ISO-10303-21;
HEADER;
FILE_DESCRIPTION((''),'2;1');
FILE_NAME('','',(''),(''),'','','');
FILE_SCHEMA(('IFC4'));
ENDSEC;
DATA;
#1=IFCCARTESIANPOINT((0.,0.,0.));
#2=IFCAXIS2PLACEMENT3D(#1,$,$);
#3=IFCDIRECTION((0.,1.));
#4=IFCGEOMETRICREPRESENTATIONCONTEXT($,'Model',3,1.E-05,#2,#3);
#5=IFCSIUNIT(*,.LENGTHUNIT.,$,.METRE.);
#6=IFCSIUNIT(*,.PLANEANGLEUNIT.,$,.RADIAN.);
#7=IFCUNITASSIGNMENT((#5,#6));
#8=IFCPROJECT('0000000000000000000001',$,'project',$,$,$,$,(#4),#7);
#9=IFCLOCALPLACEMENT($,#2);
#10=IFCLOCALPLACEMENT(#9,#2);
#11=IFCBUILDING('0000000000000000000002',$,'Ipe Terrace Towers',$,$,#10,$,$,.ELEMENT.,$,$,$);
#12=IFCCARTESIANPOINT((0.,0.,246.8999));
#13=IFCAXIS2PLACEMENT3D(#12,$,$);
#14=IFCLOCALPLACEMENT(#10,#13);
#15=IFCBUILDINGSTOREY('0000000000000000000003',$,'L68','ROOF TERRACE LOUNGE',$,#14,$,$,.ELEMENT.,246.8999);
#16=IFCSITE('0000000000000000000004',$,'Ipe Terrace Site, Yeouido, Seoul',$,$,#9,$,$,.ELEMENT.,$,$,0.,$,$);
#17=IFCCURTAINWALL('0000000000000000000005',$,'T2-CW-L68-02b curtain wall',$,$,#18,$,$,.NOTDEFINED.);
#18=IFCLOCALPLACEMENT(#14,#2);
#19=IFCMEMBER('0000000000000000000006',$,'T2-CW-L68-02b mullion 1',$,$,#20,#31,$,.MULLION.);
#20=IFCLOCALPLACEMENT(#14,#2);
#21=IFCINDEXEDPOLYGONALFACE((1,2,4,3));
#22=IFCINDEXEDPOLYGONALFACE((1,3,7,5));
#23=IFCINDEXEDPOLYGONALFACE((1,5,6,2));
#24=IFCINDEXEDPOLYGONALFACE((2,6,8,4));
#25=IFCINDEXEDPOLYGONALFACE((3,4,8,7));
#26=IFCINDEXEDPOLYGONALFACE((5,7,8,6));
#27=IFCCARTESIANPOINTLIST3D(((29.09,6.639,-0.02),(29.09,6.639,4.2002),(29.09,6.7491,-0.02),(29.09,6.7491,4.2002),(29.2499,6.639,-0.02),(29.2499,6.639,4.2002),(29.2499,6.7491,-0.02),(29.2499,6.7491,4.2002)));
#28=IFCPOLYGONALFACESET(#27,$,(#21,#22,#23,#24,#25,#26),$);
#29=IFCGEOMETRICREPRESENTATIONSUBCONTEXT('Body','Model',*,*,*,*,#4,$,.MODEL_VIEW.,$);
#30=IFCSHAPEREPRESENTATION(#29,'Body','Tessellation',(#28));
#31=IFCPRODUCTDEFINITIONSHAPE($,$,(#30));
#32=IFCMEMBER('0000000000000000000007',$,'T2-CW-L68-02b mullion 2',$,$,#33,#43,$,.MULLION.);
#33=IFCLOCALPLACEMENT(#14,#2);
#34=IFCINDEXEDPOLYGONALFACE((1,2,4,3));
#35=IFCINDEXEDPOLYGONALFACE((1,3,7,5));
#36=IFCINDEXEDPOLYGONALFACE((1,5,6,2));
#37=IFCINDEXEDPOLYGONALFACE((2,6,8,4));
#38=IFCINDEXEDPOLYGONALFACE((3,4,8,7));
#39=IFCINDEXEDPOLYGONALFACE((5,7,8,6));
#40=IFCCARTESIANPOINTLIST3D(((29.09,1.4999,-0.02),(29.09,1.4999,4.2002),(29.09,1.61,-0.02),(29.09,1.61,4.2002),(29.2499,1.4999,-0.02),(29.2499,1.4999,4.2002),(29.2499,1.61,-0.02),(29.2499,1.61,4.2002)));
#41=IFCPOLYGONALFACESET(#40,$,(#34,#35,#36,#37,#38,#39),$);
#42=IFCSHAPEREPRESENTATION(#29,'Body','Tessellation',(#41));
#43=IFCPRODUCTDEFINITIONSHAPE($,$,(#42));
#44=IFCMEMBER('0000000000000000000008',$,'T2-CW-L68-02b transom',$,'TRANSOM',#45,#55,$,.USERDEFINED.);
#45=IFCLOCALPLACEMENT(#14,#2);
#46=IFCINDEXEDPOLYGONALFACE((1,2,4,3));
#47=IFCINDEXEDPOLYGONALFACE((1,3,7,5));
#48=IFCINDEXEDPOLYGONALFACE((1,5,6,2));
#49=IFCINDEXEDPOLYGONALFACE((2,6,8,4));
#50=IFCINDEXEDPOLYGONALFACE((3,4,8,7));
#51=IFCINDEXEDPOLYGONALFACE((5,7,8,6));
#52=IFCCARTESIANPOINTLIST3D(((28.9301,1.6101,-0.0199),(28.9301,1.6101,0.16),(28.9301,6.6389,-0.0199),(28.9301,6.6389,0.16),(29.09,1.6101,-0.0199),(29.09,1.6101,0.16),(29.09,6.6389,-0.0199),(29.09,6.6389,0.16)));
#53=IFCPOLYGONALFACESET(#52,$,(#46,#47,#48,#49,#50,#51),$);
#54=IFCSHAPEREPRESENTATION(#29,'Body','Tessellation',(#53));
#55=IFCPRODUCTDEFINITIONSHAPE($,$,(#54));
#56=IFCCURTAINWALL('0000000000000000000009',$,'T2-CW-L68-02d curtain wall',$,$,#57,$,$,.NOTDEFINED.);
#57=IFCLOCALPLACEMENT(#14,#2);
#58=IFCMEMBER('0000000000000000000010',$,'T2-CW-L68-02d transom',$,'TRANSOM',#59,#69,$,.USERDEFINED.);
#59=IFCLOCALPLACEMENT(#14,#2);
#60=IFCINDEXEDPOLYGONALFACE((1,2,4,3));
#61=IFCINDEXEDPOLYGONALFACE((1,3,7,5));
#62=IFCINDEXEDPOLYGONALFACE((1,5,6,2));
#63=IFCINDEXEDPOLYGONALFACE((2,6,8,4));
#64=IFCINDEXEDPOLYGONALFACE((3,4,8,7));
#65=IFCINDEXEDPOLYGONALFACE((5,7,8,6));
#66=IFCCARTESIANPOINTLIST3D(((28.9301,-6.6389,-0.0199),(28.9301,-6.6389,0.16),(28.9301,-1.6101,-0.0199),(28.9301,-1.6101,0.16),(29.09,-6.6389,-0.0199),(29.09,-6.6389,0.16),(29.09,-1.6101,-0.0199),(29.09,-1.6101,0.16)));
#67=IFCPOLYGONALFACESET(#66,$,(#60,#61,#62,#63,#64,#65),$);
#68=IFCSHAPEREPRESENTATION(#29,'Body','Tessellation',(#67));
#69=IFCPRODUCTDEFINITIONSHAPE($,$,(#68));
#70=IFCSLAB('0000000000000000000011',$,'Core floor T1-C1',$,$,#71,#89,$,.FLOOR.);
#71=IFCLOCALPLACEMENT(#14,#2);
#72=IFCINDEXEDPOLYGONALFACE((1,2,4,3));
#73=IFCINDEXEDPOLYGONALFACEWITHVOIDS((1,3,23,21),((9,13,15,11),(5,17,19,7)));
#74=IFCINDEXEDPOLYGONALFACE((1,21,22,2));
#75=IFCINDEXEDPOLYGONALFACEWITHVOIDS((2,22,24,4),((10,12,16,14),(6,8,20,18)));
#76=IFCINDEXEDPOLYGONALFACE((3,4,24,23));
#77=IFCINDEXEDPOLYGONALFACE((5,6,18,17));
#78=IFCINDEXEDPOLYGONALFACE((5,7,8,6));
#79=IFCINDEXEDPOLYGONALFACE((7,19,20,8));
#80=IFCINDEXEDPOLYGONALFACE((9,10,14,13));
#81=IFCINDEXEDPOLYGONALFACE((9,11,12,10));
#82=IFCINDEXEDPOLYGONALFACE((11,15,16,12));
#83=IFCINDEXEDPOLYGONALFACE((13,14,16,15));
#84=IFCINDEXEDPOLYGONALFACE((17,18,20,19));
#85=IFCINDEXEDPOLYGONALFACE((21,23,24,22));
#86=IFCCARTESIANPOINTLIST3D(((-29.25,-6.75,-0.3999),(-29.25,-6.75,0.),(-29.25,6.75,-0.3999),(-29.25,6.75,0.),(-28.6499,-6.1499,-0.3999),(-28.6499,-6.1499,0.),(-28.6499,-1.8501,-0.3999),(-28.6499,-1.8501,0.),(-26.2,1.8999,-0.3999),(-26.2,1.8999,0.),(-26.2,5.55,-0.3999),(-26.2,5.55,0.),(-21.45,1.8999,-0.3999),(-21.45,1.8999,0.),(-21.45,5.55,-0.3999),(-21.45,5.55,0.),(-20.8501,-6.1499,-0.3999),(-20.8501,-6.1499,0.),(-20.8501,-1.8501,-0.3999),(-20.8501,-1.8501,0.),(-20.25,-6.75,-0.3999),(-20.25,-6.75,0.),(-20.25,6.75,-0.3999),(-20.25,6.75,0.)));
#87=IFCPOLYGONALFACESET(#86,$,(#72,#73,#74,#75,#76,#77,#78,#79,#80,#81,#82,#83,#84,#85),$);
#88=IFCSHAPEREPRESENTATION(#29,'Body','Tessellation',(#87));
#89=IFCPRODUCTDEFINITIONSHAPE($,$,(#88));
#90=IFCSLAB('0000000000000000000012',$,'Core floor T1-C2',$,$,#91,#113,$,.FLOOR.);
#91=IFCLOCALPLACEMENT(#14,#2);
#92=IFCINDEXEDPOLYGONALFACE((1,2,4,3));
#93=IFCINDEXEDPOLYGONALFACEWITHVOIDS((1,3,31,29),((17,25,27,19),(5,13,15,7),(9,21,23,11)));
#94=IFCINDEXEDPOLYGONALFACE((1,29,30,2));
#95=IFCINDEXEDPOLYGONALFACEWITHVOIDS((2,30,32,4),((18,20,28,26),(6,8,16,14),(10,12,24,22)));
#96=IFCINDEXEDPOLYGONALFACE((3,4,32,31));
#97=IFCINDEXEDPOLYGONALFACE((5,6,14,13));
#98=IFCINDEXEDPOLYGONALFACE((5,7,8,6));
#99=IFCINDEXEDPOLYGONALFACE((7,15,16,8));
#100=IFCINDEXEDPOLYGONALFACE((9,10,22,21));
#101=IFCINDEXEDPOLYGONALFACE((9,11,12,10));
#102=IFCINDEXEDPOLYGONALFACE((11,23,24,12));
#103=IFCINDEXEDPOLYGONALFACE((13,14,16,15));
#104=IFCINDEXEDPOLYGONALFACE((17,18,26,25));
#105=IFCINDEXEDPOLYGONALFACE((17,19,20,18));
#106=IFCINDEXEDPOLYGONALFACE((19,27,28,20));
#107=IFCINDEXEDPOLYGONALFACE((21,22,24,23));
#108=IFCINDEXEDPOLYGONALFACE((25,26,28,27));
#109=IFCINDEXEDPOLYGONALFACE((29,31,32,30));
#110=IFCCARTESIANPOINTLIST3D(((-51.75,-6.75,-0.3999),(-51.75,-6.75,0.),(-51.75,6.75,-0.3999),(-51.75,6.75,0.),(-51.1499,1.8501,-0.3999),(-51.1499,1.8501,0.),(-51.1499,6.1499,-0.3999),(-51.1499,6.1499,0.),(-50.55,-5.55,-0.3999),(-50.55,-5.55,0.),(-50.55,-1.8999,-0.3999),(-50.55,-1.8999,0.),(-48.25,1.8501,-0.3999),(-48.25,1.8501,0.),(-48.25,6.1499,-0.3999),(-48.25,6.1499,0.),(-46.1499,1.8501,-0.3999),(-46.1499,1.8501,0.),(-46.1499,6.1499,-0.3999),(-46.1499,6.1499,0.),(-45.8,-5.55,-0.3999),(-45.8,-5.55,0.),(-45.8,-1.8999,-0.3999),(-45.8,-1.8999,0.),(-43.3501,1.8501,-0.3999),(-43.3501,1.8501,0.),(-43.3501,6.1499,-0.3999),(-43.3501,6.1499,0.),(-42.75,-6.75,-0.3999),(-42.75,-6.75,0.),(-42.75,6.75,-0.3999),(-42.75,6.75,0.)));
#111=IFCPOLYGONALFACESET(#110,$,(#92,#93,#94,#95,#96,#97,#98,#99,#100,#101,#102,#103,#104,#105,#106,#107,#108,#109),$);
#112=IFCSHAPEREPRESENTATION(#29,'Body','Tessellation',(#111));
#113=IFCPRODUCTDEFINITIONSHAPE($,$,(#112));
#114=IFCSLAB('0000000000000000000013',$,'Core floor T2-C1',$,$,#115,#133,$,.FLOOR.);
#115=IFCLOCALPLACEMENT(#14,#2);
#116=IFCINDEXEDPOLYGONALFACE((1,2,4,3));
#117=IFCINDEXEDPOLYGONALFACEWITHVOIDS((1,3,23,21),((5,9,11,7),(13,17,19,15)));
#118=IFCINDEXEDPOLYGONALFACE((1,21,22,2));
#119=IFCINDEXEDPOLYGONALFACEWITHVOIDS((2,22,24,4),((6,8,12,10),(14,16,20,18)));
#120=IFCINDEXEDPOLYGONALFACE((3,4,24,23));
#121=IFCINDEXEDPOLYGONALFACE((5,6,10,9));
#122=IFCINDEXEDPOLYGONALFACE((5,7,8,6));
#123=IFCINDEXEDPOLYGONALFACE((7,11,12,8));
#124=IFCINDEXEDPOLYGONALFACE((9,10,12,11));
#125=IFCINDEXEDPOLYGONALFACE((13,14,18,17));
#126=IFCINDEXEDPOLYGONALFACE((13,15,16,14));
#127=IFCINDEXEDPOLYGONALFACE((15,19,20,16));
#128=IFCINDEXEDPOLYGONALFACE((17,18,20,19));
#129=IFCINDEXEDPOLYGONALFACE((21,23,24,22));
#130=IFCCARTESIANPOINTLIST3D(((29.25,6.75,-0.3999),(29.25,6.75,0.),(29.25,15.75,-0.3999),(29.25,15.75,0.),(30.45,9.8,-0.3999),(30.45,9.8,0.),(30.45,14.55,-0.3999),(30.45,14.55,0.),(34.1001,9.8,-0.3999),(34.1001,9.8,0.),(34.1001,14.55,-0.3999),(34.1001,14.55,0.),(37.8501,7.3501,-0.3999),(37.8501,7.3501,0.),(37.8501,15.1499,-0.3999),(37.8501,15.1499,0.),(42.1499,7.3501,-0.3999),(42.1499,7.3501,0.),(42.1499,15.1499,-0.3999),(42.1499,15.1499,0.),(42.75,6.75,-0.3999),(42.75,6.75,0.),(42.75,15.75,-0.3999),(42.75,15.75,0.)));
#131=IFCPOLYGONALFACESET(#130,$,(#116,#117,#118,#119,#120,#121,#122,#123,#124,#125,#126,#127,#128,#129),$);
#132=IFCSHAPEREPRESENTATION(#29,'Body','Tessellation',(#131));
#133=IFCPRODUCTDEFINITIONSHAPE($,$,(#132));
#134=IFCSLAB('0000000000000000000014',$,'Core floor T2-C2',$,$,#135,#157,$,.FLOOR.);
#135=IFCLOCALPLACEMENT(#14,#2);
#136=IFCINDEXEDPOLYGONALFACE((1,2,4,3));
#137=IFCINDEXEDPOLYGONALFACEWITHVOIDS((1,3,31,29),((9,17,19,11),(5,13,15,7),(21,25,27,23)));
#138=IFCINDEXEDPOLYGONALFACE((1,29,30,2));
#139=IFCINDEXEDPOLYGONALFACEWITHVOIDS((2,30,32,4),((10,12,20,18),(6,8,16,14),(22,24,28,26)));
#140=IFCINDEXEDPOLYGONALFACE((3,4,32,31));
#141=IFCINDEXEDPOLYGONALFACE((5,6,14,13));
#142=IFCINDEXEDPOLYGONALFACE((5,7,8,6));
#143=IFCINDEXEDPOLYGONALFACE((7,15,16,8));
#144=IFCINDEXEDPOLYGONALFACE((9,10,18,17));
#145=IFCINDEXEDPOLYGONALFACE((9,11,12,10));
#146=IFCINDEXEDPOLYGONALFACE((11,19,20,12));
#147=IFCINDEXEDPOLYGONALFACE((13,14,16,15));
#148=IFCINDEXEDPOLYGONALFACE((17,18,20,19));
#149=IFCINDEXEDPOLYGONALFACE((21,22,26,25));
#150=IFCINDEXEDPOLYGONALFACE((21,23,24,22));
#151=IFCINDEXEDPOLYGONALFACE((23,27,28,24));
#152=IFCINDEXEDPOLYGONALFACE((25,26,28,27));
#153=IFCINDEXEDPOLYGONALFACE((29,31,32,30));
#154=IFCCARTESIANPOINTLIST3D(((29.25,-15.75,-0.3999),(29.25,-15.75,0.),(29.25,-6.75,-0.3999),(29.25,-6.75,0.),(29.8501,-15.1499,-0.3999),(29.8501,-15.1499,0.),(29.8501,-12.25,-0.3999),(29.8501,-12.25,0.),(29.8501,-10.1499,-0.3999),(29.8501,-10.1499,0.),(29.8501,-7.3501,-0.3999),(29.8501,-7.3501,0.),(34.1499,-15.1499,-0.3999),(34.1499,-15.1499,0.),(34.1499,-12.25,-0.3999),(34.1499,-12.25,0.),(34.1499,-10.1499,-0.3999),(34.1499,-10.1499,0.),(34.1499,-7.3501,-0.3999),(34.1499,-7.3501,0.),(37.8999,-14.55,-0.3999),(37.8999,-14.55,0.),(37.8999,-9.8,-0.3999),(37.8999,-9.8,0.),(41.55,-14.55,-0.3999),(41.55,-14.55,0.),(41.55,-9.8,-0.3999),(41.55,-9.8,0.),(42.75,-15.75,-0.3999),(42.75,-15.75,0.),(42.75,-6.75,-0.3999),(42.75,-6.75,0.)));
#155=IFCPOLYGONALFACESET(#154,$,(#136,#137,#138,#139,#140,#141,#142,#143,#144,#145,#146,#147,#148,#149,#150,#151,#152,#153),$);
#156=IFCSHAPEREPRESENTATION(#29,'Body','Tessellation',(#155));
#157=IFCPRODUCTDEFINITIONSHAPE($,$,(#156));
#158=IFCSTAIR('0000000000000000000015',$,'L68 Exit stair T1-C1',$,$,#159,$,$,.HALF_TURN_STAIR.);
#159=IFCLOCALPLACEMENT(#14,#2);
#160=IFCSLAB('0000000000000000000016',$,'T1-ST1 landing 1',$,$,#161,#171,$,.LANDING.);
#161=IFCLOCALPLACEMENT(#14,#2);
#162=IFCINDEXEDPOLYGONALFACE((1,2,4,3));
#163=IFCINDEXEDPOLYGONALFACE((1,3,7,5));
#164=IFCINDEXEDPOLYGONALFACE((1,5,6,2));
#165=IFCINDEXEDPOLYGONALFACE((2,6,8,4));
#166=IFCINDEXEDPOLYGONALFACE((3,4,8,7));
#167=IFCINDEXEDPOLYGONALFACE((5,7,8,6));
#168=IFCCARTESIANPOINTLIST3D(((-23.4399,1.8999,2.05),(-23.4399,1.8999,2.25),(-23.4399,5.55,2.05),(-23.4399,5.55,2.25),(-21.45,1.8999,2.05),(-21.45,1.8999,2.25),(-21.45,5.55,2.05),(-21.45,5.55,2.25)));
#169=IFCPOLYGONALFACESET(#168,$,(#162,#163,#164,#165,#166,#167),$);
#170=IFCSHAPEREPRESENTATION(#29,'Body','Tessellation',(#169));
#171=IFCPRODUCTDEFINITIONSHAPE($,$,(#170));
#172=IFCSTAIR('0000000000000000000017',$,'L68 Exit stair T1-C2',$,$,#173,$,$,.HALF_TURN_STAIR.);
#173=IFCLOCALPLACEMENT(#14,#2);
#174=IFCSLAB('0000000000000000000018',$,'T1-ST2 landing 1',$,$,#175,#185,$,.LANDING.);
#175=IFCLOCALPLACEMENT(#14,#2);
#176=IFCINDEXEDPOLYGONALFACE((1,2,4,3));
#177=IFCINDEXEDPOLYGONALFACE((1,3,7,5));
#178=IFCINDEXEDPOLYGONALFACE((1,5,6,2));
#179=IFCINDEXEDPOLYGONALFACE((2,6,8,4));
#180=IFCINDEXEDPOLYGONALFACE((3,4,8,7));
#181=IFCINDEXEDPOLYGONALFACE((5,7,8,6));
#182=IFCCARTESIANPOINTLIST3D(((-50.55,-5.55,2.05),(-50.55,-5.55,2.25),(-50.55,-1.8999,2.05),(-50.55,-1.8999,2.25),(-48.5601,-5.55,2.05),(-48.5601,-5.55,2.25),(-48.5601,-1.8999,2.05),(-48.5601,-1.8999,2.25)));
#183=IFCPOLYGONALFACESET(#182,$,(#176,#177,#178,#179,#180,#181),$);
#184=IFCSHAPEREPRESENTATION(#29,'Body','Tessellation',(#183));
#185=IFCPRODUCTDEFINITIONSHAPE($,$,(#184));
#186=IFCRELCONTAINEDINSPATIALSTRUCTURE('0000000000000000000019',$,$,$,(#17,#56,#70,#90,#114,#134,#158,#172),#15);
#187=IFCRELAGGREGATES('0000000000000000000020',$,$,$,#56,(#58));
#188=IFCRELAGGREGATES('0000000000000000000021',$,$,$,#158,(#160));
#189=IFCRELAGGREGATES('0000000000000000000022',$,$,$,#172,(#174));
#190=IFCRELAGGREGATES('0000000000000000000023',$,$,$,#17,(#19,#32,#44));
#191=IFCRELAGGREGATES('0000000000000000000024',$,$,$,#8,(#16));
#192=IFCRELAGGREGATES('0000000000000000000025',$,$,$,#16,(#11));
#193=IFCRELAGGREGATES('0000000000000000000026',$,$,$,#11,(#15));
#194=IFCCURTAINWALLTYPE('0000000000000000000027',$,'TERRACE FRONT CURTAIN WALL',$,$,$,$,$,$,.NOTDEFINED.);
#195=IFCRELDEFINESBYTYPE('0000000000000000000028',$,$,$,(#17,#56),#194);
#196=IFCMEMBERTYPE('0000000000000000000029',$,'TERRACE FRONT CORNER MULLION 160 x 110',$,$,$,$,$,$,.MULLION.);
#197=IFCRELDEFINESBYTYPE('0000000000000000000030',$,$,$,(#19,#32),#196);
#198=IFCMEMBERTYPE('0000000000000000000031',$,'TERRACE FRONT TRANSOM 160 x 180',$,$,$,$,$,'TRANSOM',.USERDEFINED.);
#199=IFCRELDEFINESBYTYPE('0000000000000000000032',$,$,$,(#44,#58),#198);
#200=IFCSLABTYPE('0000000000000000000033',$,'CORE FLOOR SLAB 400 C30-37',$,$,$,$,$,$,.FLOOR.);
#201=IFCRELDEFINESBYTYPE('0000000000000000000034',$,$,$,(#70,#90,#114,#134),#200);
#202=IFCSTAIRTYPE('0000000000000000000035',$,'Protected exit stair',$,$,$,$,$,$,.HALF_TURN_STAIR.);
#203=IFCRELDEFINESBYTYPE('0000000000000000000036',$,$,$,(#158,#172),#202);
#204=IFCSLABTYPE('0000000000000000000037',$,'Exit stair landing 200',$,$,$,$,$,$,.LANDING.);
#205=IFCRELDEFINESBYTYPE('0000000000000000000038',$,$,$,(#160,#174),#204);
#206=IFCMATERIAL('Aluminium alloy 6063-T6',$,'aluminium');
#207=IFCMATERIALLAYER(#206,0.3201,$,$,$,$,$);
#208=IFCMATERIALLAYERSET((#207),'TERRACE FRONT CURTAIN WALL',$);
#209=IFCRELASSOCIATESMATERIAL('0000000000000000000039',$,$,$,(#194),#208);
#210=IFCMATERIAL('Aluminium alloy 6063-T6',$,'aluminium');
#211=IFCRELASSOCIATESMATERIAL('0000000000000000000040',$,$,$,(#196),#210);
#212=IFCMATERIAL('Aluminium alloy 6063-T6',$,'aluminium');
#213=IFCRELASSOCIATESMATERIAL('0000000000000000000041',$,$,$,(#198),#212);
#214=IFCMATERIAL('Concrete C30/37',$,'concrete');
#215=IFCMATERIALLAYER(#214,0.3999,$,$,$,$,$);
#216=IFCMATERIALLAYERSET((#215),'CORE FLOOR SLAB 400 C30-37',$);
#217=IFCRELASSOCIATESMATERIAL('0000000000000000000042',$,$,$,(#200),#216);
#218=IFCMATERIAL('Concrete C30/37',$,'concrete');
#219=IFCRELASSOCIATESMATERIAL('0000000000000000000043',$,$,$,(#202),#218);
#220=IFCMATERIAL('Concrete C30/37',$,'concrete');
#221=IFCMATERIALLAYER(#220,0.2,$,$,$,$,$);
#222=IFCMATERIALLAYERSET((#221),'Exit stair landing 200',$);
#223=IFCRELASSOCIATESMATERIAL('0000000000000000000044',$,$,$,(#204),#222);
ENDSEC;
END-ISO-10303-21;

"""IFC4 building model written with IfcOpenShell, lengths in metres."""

from ifc_helpers import new_model, si_unit, direction, frame, origin, origin_2d, place, context, subcontext, project, spatial, polyline, rectangle, outline, extrude, material, layer, layer_set, material_profile, profile_set, type_object, element, aggregate, save


model = new_model("IFC4")

# Units and contexts
model_context = context("Model", 3, precision=1e-05, world=origin(), true_north=direction((0.0, 1.0)))
body_context = subcontext(model_context, "Body", "Model", "MODEL_VIEW")
ifc_project = project(units=[si_unit("LENGTHUNIT", "METRE"), si_unit("PLANEANGLEUNIT", "RADIAN")], contexts=[model_context])

# Site, building, storey
site_placement = place(None, origin())
site = spatial("IfcSite", under=ifc_project, at=site_placement, Name="Ipe Terrace Site, Yeouido, Seoul", CompositionType="ELEMENT", RefElevation=0.0)
building_placement = place(site_placement, origin())
building = spatial("IfcBuilding", under=site, at=building_placement, Name="Ipe Terrace Towers", CompositionType="ELEMENT")
storey_placement = place(building_placement, frame((0.0, 0.0, 246.8999)))
storey = spatial("IfcBuildingStorey", under=building, at=storey_placement, Name="L68", Description="ROOF TERRACE LOUNGE", CompositionType="ELEMENT", Elevation=246.8999)

# Curtain wall, members
ifc_material_1 = material(Name="Aluminium alloy 6063-T6", Category="aluminium")
ifc_layer_1 = layer(ifc_material_1, 0.3201)
ifc_layer_set_1 = layer_set([ifc_layer_1], Name="TERRACE FRONT CURTAIN WALL")
curtain_wall_type = type_object("IfcCurtainWallType", Name="TERRACE FRONT CURTAIN WALL", PredefinedType="NOTDEFINED", material=ifc_layer_set_1)
curtain_wall_1_placement = place(storey_placement, origin())
curtain_wall_1 = element("IfcCurtainWall", 1, at=curtain_wall_1_placement, inside=storey, type_object=curtain_wall_type, Name="T2-CW-L68-02b curtain wall", PredefinedType="NOTDEFINED")
ifc_material_2 = material(Name="Aluminium alloy 6063-T6", Category="aluminium")
ifc_material_profile_1 = material_profile(ifc_material_2, rectangle(XDim=0.1599, YDim=0.1101, at=origin_2d()), Name="TERRACE FRONT CORNER MULLION 160 x 110")
ifc_profile_set_1 = profile_set([ifc_material_profile_1], Name="Aluminium alloy 6063-T6")
member_type_1 = type_object("IfcMemberType", Name="TERRACE FRONT CORNER MULLION 160 x 110", PredefinedType="MULLION", material=ifc_profile_set_1)
member_1_placement = place(storey_placement, frame((29.1699, 6.6941, -0.02), z_axis=(0.0, 0.0, 1.0), x_axis=(-1.0, 0.0, 0.0)))
member_1 = element("IfcMember", 2, at=member_1_placement, type_object=member_type_1, Name="T2-CW-L68-02b mullion 1", PredefinedType="MULLION", context=body_context, shape_type="SweptSolid", body=[
    extrude(rectangle(XDim=0.1599, YDim=0.1101, at=origin_2d()), origin(), (0.0, 0.0, 1.0), 4.2202),
])
member_2_placement = place(storey_placement, frame((29.1699, 1.5549, -0.02), z_axis=(0.0, 0.0, 1.0), x_axis=(-1.0, 0.0, 0.0)))
member_2 = element("IfcMember", 3, at=member_2_placement, type_object=member_type_1, Name="T2-CW-L68-02b mullion 2", PredefinedType="MULLION", context=body_context, shape_type="SweptSolid", body=[
    extrude(rectangle(XDim=0.1599, YDim=0.1101, at=origin_2d()), origin(), (0.0, 0.0, 1.0), 4.2202),
])
ifc_material_3 = material(Name="Aluminium alloy 6063-T6", Category="aluminium")
ifc_material_profile_2 = material_profile(ifc_material_3, rectangle(XDim=0.1599, YDim=0.1799, at=origin_2d()), Name="TERRACE FRONT TRANSOM 160 x 180")
ifc_profile_set_2 = profile_set([ifc_material_profile_2], Name="Aluminium alloy 6063-T6")
member_type_2 = type_object("IfcMemberType", Name="TERRACE FRONT TRANSOM 160 x 180", ElementType="TRANSOM", PredefinedType="USERDEFINED", material=ifc_profile_set_2)
member_3_placement = place(storey_placement, frame((29.01, 6.6389, 0.0701), z_axis=(0.0, -1.0, 0.0), x_axis=(-1.0, 0.0, 0.0)))
member_3 = element("IfcMember", 4, at=member_3_placement, type_object=member_type_2, Name="T2-CW-L68-02b transom", ObjectType="TRANSOM", PredefinedType="USERDEFINED", context=body_context, shape_type="SweptSolid", body=[
    extrude(rectangle(XDim=0.1599, YDim=0.1799, at=origin_2d()), origin(), (0.0, 0.0, 1.0), 5.0288),
])

# Curtain wall, member
curtain_wall_2_placement = place(storey_placement, origin())
curtain_wall_2 = element("IfcCurtainWall", 5, at=curtain_wall_2_placement, inside=storey, type_object=curtain_wall_type, Name="T2-CW-L68-02d curtain wall", PredefinedType="NOTDEFINED")
member_4_placement = place(storey_placement, frame((29.01, -1.6101, 0.0701), z_axis=(0.0, -1.0, 0.0), x_axis=(-1.0, 0.0, 0.0)))
member_4 = element("IfcMember", 6, at=member_4_placement, type_object=member_type_2, Name="T2-CW-L68-02d transom", ObjectType="TRANSOM", PredefinedType="USERDEFINED", context=body_context, shape_type="SweptSolid", body=[
    extrude(rectangle(XDim=0.1599, YDim=0.1799, at=origin_2d()), origin(), (0.0, 0.0, 1.0), 5.0288),
])
aggregate(curtain_wall_2, [member_4])

# Slabs
ifc_material_4 = material(Name="Concrete C30/37", Category="concrete")
ifc_layer_2 = layer(ifc_material_4, 0.3999)
ifc_layer_set_2 = layer_set([ifc_layer_2], Name="CORE FLOOR SLAB 400 C30-37")
slab_type_1 = type_object("IfcSlabType", Name="CORE FLOOR SLAB 400 C30-37", PredefinedType="FLOOR", material=ifc_layer_set_2)
slab_1_placement = place(storey_placement, frame((0.0, 0.0, -0.3999)))
element("IfcSlab", 7, at=slab_1_placement, inside=storey, type_object=slab_type_1, Name="Core floor T1-C1", PredefinedType="FLOOR", context=body_context, shape_type="SweptSolid", body=[
    extrude(outline(polyline([(-29.25, -6.75), (-29.25, 6.75), (-20.25, 6.75), (-20.25, -6.75), (-29.25, -6.75)]), holes=[polyline([(-28.6499, -6.1499), (-20.8501, -6.1499), (-20.8501, -1.8501), (-28.6499, -1.8501), (-28.6499, -6.1499)]), polyline([(-26.2, 5.55), (-26.2, 1.8999), (-21.45, 1.8999), (-21.45, 5.55), (-26.2, 5.55)])]), origin(), (0.0, 0.0, 1.0), 0.3999),
])
slab_2_placement = place(storey_placement, frame((0.0, 0.0, -0.3999)))
element("IfcSlab", 8, at=slab_2_placement, inside=storey, type_object=slab_type_1, Name="Core floor T1-C2", PredefinedType="FLOOR", context=body_context, shape_type="SweptSolid", body=[
    extrude(outline(polyline([(-51.75, -6.75), (-51.75, 6.75), (-42.75, 6.75), (-42.75, -6.75), (-51.75, -6.75)]), holes=[polyline([(-45.8, -1.8999), (-50.55, -1.8999), (-50.55, -5.55), (-45.8, -5.55), (-45.8, -1.8999)]), polyline([(-48.25, 1.8501), (-48.25, 6.1499), (-51.1499, 6.1499), (-51.1499, 1.8501), (-48.25, 1.8501)]), polyline([(-43.3501, 1.8501), (-43.3501, 6.1499), (-46.1499, 6.1499), (-46.1499, 1.8501), (-43.3501, 1.8501)])]), origin(), (0.0, 0.0, 1.0), 0.3999),
])
slab_3_placement = place(storey_placement, frame((0.0, 0.0, -0.3999)))
element("IfcSlab", 9, at=slab_3_placement, inside=storey, type_object=slab_type_1, Name="Core floor T2-C1", PredefinedType="FLOOR", context=body_context, shape_type="SweptSolid", body=[
    extrude(outline(polyline([(29.25, 6.75), (29.25, 15.75), (42.75, 15.75), (42.75, 6.75), (29.25, 6.75)]), holes=[polyline([(42.1499, 7.3501), (42.1499, 15.1499), (37.8501, 15.1499), (37.8501, 7.3501), (42.1499, 7.3501)]), polyline([(30.45, 9.8), (34.1001, 9.8), (34.1001, 14.55), (30.45, 14.55), (30.45, 9.8)])]), origin(), (0.0, 0.0, 1.0), 0.3999),
])
slab_4_placement = place(storey_placement, frame((0.0, 0.0, -0.3999)))
element("IfcSlab", 10, at=slab_4_placement, inside=storey, type_object=slab_type_1, Name="Core floor T2-C2", PredefinedType="FLOOR", context=body_context, shape_type="SweptSolid", body=[
    extrude(outline(polyline([(29.25, -15.75), (29.25, -6.75), (42.75, -6.75), (42.75, -15.75), (29.25, -15.75)]), holes=[polyline([(29.8501, -12.25), (29.8501, -15.1499), (34.1499, -15.1499), (34.1499, -12.25), (29.8501, -12.25)]), polyline([(41.55, -9.8), (37.8999, -9.8), (37.8999, -14.55), (41.55, -14.55), (41.55, -9.8)]), polyline([(34.1499, -7.3501), (29.8501, -7.3501), (29.8501, -10.1499), (34.1499, -10.1499), (34.1499, -7.3501)])]), origin(), (0.0, 0.0, 1.0), 0.3999),
])

# Stairs, slabs
ifc_material_5 = material(Name="Concrete C30/37", Category="concrete")
stair_type = type_object("IfcStairType", Name="Protected exit stair", PredefinedType="HALF_TURN_STAIR", material=ifc_material_5)
stair_1_placement = place(storey_placement, origin())
stair_1 = element("IfcStair", 11, at=stair_1_placement, inside=storey, type_object=stair_type, Name="L68 Exit stair T1-C1", PredefinedType="HALF_TURN_STAIR")
ifc_material_6 = material(Name="Concrete C30/37", Category="concrete")
ifc_layer_3 = layer(ifc_material_6, 0.2)
ifc_layer_set_3 = layer_set([ifc_layer_3], Name="Exit stair landing 200")
slab_type_2 = type_object("IfcSlabType", Name="Exit stair landing 200", PredefinedType="LANDING", material=ifc_layer_set_3)
slab_5_placement = place(storey_placement, frame((0.0, 0.0, 2.05)))
slab_5 = element("IfcSlab", 12, at=slab_5_placement, type_object=slab_type_2, Name="T1-ST1 landing 1", PredefinedType="LANDING", context=body_context, shape_type="SweptSolid", body=[
    extrude(outline(polyline([(-23.4399, 1.8999), (-21.45, 1.8999), (-21.45, 5.55), (-23.4399, 5.55), (-23.4399, 1.8999)])), origin(), (0.0, 0.0, 1.0), 0.2),
])
aggregate(stair_1, [slab_5])
stair_2_placement = place(storey_placement, origin())
stair_2 = element("IfcStair", 13, at=stair_2_placement, inside=storey, type_object=stair_type, Name="L68 Exit stair T1-C2", PredefinedType="HALF_TURN_STAIR")
slab_6_placement = place(storey_placement, frame((0.0, 0.0, 2.05)))
slab_6 = element("IfcSlab", 14, at=slab_6_placement, type_object=slab_type_2, Name="T1-ST2 landing 1", PredefinedType="LANDING", context=body_context, shape_type="SweptSolid", body=[
    extrude(outline(polyline([(-48.5601, -1.8999), (-50.55, -1.8999), (-50.55, -5.55), (-48.5601, -5.55), (-48.5601, -1.8999)])), origin(), (0.0, 0.0, 1.0), 0.2),
])
aggregate(stair_2, [slab_6])

aggregate(curtain_wall_1, [member_1, member_2, member_3])

save(model, "model.ifc")
